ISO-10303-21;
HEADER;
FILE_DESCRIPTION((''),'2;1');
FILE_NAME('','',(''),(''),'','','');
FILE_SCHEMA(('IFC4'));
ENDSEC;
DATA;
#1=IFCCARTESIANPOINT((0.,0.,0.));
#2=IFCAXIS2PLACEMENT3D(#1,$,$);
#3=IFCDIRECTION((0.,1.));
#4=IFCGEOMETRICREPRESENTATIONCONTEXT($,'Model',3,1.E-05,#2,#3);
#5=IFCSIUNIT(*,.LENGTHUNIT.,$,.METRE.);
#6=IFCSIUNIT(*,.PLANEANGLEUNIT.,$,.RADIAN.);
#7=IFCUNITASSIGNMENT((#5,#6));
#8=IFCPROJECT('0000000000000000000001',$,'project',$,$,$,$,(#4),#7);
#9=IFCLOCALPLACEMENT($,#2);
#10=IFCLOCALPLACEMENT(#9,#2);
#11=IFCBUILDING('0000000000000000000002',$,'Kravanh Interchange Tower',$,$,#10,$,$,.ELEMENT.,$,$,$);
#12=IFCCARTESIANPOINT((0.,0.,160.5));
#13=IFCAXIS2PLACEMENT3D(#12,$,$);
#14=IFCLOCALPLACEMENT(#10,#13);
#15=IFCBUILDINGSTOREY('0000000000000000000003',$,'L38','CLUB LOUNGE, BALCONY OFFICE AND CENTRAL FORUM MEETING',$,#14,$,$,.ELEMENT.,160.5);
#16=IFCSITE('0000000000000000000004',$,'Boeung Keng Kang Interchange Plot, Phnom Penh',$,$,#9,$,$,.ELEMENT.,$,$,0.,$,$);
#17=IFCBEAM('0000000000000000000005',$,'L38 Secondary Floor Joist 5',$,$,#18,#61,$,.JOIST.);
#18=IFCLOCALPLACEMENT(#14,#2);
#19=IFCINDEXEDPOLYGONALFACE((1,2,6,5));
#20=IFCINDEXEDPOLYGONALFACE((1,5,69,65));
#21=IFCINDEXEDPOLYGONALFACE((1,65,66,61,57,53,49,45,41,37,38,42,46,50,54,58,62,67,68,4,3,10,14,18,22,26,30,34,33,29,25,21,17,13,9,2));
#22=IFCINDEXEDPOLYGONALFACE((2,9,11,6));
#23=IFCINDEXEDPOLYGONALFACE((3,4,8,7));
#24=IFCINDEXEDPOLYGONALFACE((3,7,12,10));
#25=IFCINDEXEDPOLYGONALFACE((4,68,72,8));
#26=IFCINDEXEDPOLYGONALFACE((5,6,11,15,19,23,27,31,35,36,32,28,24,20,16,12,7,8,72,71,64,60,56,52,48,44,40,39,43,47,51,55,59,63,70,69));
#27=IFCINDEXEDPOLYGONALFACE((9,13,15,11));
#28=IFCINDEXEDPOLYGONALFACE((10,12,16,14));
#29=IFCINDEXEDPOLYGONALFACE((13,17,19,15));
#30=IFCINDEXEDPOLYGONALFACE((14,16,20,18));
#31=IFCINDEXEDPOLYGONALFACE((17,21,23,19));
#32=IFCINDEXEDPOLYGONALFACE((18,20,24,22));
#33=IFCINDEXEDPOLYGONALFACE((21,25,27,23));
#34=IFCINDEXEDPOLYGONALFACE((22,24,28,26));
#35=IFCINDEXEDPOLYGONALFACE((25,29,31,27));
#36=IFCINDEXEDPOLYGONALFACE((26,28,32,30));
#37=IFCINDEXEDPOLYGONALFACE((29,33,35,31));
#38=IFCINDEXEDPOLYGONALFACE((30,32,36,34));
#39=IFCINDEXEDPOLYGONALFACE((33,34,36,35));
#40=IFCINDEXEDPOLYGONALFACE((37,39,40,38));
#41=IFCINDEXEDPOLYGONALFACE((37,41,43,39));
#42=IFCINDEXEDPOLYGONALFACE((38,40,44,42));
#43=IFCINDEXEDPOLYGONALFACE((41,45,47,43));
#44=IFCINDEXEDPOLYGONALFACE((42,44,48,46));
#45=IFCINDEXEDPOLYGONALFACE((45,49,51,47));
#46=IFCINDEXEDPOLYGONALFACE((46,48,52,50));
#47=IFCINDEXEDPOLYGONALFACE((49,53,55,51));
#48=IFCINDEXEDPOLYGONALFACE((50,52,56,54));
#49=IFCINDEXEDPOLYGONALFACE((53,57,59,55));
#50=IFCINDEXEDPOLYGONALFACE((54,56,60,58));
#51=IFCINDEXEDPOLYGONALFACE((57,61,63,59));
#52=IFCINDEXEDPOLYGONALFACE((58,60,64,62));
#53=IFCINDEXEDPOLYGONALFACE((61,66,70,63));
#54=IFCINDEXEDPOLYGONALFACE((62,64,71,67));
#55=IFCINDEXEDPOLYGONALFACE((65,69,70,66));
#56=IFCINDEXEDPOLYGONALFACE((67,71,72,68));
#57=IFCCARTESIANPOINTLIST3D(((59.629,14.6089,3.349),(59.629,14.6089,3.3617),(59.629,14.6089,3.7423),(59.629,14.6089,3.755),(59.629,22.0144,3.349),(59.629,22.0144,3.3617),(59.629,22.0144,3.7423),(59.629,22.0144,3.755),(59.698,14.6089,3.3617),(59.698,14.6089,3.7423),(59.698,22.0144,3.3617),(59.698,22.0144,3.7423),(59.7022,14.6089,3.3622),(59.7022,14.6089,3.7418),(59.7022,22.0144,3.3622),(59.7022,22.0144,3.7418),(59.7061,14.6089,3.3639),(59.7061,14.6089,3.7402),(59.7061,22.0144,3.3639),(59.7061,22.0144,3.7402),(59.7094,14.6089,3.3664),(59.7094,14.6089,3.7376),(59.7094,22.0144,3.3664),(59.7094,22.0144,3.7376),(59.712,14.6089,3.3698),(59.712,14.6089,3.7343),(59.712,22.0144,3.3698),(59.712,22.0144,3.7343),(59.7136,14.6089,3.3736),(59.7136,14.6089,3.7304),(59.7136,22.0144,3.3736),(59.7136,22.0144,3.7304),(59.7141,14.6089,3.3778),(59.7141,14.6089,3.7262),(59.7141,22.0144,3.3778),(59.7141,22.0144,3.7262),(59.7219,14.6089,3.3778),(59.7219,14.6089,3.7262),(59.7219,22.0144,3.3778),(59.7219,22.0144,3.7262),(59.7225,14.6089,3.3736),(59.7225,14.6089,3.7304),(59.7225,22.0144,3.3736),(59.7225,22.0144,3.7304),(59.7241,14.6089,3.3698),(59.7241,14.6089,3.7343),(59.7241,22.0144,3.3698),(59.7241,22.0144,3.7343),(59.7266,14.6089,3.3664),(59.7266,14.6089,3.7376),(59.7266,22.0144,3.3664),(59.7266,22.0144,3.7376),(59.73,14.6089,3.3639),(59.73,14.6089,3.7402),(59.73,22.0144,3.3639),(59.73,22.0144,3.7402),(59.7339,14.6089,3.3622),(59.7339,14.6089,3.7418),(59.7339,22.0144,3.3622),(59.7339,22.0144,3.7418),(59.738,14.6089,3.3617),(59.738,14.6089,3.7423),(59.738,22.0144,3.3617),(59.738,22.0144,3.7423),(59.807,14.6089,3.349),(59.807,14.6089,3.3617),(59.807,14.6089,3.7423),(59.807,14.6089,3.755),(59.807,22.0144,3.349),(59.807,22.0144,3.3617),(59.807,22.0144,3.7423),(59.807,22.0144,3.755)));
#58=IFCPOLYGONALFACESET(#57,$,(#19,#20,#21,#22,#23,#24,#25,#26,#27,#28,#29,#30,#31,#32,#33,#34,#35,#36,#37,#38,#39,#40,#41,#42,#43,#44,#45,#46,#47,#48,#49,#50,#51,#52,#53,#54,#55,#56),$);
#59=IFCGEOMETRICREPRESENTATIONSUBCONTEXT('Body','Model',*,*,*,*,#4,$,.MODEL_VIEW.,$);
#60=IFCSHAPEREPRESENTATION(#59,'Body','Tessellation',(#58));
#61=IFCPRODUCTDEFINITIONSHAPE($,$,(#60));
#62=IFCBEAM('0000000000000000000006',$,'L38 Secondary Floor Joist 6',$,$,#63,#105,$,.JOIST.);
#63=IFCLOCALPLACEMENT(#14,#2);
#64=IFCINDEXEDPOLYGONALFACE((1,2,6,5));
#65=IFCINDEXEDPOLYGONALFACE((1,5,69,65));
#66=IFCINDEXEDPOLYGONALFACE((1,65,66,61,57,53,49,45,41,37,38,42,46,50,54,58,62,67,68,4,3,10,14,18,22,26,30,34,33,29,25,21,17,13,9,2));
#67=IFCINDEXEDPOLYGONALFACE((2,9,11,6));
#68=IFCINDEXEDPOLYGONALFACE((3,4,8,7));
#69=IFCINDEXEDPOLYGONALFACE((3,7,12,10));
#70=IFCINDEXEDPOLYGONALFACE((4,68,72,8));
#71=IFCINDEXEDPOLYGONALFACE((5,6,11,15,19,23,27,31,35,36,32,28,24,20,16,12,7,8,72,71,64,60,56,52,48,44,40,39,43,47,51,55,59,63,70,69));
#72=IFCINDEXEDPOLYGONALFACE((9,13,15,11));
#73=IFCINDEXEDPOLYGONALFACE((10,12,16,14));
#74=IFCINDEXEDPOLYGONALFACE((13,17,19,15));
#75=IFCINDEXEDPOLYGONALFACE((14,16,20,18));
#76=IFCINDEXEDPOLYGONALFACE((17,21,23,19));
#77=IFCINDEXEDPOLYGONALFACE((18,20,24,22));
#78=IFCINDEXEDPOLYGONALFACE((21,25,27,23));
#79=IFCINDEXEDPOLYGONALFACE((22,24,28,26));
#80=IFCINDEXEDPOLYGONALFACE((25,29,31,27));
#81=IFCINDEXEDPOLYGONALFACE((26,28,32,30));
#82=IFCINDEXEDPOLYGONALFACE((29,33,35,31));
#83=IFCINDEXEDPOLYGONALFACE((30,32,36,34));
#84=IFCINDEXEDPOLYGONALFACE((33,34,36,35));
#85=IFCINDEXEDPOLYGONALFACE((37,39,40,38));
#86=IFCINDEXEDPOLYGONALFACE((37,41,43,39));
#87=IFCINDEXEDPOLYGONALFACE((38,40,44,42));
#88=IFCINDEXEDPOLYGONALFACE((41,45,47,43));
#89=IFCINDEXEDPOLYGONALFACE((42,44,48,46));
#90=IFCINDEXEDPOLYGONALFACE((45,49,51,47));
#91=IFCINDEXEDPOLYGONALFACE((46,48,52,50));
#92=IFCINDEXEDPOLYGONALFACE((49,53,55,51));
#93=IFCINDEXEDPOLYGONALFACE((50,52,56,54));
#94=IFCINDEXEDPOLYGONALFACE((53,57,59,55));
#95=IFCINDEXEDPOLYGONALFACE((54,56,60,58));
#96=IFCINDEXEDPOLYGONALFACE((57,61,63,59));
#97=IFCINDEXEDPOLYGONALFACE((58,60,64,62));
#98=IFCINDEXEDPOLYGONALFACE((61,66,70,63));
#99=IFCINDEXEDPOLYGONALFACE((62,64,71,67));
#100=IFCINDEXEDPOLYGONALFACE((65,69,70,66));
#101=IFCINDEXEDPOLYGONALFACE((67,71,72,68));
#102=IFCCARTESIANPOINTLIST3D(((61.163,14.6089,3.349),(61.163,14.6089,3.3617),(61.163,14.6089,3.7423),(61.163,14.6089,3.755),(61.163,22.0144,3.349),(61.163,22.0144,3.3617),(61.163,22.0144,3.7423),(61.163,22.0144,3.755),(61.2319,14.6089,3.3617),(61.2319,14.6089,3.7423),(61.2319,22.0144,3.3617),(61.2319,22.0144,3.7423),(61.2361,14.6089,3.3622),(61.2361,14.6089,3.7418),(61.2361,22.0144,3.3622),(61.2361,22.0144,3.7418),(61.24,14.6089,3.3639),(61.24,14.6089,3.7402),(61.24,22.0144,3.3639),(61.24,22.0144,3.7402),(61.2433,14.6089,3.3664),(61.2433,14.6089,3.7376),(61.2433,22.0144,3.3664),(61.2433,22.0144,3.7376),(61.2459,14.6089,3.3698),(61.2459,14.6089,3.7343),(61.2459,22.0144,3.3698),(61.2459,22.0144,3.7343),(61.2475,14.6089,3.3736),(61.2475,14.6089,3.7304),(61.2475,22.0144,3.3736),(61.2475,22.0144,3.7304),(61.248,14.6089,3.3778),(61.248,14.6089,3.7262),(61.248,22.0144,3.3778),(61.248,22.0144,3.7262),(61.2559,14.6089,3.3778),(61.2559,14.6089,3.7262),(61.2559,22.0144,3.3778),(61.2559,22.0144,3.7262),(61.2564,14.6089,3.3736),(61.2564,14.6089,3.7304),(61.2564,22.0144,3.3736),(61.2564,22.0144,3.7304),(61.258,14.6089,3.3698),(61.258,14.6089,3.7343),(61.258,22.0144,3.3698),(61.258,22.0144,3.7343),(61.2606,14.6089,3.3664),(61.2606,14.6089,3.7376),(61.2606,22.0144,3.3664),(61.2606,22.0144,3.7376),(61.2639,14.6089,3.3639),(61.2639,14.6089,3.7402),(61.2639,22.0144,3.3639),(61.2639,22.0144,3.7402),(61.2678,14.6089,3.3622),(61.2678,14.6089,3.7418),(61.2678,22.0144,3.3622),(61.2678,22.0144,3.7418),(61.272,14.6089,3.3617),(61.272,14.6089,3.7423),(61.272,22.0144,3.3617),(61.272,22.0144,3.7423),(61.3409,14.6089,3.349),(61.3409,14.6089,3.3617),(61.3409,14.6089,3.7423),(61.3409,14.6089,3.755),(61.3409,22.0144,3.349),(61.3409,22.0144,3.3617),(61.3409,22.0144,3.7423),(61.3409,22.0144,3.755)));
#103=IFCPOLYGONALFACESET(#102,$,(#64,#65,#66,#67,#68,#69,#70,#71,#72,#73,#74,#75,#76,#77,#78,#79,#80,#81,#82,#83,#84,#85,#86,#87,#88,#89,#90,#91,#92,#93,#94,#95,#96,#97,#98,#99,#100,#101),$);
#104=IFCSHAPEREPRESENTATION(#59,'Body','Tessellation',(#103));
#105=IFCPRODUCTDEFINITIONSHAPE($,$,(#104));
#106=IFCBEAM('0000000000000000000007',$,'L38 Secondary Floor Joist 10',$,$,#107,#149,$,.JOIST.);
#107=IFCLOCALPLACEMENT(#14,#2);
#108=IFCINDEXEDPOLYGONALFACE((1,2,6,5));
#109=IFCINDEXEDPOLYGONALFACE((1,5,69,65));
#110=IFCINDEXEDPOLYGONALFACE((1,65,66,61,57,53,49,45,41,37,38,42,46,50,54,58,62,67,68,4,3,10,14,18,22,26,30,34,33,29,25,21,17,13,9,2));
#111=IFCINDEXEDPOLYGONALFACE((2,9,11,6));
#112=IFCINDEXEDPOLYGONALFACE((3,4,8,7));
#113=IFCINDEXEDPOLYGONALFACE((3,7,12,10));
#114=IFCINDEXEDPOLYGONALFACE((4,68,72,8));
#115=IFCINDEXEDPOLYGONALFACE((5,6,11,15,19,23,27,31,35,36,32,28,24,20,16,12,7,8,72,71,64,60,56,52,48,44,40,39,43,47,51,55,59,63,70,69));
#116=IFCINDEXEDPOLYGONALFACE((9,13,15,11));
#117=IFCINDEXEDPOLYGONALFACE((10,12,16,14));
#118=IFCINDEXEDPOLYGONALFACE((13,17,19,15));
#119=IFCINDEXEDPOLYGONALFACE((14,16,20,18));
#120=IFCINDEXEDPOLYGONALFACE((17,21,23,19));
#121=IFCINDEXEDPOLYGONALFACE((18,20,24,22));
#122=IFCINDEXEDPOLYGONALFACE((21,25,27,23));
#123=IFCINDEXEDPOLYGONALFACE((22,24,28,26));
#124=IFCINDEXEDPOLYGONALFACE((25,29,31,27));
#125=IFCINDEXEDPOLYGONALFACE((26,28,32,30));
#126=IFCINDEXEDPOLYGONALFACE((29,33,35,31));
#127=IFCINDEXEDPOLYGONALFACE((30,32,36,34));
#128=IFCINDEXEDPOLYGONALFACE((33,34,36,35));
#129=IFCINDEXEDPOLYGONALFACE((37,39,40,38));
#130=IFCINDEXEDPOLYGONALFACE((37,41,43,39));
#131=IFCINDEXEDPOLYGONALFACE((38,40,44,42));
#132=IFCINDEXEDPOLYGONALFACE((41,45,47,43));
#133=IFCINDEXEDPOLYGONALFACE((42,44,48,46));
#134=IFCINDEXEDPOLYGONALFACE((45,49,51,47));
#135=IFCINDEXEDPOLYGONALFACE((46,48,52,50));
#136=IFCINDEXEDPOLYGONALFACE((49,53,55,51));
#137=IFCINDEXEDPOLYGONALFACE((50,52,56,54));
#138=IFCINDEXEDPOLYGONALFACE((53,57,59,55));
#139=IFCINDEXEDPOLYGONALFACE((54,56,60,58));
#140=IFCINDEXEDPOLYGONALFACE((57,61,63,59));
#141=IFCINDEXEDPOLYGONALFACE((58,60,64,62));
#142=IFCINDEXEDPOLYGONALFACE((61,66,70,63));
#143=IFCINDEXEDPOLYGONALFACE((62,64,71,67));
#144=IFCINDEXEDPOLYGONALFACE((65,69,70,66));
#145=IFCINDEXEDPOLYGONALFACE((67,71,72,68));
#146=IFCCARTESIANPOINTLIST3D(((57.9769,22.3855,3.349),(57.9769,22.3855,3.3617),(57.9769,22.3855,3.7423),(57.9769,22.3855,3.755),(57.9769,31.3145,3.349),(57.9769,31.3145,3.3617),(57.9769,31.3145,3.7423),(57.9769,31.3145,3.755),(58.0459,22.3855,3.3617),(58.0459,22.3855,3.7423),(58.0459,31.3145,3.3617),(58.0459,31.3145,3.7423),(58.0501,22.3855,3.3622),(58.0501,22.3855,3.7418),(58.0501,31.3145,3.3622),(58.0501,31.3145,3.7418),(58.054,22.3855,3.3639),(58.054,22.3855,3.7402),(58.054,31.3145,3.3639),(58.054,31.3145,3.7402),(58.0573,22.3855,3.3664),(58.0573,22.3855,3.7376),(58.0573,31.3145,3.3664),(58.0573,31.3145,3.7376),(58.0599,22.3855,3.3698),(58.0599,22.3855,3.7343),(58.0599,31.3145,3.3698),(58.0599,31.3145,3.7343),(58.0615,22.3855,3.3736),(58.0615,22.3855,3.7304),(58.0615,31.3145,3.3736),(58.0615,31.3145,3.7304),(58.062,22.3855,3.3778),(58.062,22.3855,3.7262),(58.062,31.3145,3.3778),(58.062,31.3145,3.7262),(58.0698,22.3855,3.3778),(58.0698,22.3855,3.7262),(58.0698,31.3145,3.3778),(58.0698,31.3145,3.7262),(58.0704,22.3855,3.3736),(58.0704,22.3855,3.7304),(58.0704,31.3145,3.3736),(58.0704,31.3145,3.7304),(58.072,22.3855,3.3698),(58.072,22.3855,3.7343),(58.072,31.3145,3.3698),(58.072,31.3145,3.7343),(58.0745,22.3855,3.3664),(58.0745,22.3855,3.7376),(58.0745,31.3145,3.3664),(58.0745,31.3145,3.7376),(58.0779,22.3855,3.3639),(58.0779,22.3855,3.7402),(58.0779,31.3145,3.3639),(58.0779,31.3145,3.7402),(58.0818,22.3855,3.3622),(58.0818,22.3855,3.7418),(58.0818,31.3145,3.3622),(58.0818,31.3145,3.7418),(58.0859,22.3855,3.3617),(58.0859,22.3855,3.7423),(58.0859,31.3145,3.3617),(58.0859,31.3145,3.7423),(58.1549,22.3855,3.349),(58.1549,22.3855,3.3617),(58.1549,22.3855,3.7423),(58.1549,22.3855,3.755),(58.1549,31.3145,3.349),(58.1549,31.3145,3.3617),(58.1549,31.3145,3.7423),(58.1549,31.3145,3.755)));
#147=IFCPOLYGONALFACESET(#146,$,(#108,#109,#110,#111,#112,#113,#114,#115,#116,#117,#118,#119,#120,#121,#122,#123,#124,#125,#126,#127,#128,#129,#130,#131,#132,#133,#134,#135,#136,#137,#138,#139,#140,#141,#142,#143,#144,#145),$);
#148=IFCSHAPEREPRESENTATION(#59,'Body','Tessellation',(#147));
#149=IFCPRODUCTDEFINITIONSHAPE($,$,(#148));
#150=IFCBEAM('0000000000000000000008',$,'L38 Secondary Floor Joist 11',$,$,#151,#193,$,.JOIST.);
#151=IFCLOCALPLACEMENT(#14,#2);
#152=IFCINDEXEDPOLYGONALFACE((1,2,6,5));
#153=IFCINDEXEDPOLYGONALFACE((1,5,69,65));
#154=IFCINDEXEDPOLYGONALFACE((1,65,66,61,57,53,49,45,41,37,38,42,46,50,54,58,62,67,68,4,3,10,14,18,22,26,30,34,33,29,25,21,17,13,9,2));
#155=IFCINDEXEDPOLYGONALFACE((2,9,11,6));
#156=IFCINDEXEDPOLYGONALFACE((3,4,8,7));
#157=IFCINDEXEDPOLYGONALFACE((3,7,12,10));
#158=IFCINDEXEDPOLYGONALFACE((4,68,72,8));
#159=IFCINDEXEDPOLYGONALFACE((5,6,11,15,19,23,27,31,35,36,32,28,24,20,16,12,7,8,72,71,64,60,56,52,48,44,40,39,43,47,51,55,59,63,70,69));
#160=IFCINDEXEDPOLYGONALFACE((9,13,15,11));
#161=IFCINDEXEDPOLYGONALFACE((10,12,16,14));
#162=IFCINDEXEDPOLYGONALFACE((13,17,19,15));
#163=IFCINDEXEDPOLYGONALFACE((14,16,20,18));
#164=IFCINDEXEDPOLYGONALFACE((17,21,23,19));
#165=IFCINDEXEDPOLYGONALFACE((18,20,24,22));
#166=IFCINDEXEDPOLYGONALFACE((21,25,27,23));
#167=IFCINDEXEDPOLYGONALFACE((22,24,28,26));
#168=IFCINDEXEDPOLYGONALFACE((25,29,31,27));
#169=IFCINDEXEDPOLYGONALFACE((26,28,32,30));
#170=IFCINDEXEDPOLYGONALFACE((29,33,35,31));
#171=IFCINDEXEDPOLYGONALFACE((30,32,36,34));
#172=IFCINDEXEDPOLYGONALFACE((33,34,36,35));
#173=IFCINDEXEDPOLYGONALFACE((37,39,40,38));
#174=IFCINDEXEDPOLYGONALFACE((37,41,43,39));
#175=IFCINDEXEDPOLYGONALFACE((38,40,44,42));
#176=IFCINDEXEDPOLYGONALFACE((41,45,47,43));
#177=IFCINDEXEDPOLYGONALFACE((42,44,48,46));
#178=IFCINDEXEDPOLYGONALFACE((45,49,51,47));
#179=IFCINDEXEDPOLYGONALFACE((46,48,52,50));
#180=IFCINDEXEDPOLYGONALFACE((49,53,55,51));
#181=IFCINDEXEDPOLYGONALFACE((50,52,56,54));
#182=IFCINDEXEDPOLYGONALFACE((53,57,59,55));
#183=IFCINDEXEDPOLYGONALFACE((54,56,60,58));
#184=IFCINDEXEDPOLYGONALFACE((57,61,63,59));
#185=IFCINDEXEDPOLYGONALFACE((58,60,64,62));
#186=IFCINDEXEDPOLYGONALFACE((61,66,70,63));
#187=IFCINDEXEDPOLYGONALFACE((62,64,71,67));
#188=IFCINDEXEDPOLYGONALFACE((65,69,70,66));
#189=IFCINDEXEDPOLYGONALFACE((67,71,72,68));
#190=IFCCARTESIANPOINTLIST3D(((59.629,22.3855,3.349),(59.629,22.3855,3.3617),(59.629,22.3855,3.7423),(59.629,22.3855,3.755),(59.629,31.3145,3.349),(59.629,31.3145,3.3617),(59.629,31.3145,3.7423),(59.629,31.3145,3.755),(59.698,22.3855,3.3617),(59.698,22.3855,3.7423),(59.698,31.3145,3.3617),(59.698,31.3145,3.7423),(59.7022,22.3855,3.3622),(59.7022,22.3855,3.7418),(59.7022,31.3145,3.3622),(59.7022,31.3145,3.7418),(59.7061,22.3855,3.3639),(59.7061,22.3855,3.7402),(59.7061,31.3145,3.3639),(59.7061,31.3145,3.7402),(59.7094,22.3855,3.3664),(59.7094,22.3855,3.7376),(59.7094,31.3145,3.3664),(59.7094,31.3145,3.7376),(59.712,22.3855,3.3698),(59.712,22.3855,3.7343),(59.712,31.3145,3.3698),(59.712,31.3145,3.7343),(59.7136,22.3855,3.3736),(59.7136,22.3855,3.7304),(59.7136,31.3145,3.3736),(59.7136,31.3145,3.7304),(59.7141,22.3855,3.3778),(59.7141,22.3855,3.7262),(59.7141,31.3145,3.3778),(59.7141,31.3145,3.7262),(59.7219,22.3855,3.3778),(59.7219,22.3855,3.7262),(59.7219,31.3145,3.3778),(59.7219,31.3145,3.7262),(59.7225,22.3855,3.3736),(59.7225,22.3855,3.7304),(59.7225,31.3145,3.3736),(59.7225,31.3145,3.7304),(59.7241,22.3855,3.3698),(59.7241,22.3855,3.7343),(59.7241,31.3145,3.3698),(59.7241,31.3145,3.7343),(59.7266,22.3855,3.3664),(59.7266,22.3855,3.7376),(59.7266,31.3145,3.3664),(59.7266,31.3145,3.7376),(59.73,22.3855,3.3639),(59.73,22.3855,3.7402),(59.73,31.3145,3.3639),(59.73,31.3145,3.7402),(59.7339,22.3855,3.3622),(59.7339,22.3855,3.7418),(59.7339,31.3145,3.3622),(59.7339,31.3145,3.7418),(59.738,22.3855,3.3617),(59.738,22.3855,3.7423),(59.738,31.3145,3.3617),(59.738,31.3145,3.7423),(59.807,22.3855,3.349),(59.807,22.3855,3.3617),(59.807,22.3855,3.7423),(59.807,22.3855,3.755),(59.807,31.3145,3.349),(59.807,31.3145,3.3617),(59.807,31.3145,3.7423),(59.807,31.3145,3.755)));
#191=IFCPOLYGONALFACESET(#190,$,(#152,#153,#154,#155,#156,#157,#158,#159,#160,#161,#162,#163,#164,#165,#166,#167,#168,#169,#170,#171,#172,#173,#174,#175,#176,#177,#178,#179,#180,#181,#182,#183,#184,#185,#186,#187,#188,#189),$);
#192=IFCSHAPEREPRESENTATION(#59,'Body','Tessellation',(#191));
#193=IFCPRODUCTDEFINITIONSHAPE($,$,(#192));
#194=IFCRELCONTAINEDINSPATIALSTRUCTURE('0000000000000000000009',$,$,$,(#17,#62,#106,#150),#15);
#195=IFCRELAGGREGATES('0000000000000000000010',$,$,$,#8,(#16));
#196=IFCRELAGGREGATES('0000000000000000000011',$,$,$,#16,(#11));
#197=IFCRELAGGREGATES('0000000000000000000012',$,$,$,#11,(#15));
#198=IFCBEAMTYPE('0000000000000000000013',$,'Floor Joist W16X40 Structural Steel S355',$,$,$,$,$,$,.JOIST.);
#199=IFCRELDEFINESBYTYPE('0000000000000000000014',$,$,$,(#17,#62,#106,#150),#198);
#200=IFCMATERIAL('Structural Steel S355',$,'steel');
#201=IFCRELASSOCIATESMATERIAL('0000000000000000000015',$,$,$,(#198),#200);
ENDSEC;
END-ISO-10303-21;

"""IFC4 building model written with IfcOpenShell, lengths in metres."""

from ifc_helpers import new_model, si_unit, direction, frame, origin, origin_2d, place, context, subcontext, project, spatial, i_section, extrude, material, material_profile, profile_set, type_object, element, save


model = new_model("IFC4")

# Units and contexts
model_context = context("Model", 3, precision=1e-05, world=origin(), true_north=direction((0.0, 1.0)))
body_context = subcontext(model_context, "Body", "Model", "MODEL_VIEW")
ifc_project = project(units=[si_unit("LENGTHUNIT", "METRE"), si_unit("PLANEANGLEUNIT", "RADIAN")], contexts=[model_context])

# Site, building, storey
site_placement = place(None, origin())
site = spatial("IfcSite", under=ifc_project, at=site_placement, Name="Boeung Keng Kang Interchange Plot, Phnom Penh", CompositionType="ELEMENT", RefElevation=0.0)
building_placement = place(site_placement, origin())
building = spatial("IfcBuilding", under=site, at=building_placement, Name="Kravanh Interchange Tower", CompositionType="ELEMENT")
storey_placement = place(building_placement, frame((0.0, 0.0, 160.5)))
storey = spatial("IfcBuildingStorey", under=building, at=storey_placement, Name="L38", Description="CLUB LOUNGE, BALCONY OFFICE AND CENTRAL FORUM MEETING", CompositionType="ELEMENT", Elevation=160.5)

# Beams
ifc_material_1 = material(Name="Structural Steel S355", Category="steel")
ifc_material_profile_1 = material_profile(ifc_material_1, i_section(OverallWidth=0.178, OverallDepth=0.406, WebThickness=0.0078, FlangeThickness=0.0127, FilletRadius=0.0161, at=origin_2d()), Name="W16X40")
ifc_profile_set_1 = profile_set([ifc_material_profile_1], Name="Structural Steel S355")
beam_type_1 = type_object("IfcBeamType", Name="Floor Joist W16X40 Structural Steel S355", PredefinedType="JOIST", material=ifc_profile_set_1)
for number, where, z_axis, x_axis, name in (
    (1, (59.718, 14.6089, 3.552), (0.0, 1.0, 0.0), (-1.0, 0.0, 0.0), "L38 Secondary Floor Joist 5"),
    (2, (61.252, 14.6089, 3.552), (0.0, 1.0, 0.0), (-1.0, 0.0, 0.0), "L38 Secondary Floor Joist 6"),
):
    element("IfcBeam", number, at=place(storey_placement, frame(where, z_axis=z_axis, x_axis=x_axis)), inside=storey, type_object=beam_type_1, Name=name, PredefinedType="JOIST", context=body_context, shape_type="SweptSolid", body=[
        extrude(i_section(OverallWidth=0.178, OverallDepth=0.406, WebThickness=0.0078, FlangeThickness=0.0127, FilletRadius=0.0161, at=origin_2d()), origin(), (0.0, 0.0, 1.0), 7.4055),
    ])
for number, where, z_axis, x_axis, name in (
    (3, (58.0659, 22.3855, 3.552), (0.0, 1.0, 0.0), (-1.0, 0.0, 0.0), "L38 Secondary Floor Joist 10"),
    (4, (59.718, 22.3855, 3.552), (0.0, 1.0, 0.0), (-1.0, 0.0, 0.0), "L38 Secondary Floor Joist 11"),
):
    element("IfcBeam", number, at=place(storey_placement, frame(where, z_axis=z_axis, x_axis=x_axis)), inside=storey, type_object=beam_type_1, Name=name, PredefinedType="JOIST", context=body_context, shape_type="SweptSolid", body=[
        extrude(i_section(OverallWidth=0.178, OverallDepth=0.406, WebThickness=0.0078, FlangeThickness=0.0127, FilletRadius=0.0161, at=origin_2d()), origin(), (0.0, 0.0, 1.0), 8.929),
    ])

save(model, "model.ifc")
